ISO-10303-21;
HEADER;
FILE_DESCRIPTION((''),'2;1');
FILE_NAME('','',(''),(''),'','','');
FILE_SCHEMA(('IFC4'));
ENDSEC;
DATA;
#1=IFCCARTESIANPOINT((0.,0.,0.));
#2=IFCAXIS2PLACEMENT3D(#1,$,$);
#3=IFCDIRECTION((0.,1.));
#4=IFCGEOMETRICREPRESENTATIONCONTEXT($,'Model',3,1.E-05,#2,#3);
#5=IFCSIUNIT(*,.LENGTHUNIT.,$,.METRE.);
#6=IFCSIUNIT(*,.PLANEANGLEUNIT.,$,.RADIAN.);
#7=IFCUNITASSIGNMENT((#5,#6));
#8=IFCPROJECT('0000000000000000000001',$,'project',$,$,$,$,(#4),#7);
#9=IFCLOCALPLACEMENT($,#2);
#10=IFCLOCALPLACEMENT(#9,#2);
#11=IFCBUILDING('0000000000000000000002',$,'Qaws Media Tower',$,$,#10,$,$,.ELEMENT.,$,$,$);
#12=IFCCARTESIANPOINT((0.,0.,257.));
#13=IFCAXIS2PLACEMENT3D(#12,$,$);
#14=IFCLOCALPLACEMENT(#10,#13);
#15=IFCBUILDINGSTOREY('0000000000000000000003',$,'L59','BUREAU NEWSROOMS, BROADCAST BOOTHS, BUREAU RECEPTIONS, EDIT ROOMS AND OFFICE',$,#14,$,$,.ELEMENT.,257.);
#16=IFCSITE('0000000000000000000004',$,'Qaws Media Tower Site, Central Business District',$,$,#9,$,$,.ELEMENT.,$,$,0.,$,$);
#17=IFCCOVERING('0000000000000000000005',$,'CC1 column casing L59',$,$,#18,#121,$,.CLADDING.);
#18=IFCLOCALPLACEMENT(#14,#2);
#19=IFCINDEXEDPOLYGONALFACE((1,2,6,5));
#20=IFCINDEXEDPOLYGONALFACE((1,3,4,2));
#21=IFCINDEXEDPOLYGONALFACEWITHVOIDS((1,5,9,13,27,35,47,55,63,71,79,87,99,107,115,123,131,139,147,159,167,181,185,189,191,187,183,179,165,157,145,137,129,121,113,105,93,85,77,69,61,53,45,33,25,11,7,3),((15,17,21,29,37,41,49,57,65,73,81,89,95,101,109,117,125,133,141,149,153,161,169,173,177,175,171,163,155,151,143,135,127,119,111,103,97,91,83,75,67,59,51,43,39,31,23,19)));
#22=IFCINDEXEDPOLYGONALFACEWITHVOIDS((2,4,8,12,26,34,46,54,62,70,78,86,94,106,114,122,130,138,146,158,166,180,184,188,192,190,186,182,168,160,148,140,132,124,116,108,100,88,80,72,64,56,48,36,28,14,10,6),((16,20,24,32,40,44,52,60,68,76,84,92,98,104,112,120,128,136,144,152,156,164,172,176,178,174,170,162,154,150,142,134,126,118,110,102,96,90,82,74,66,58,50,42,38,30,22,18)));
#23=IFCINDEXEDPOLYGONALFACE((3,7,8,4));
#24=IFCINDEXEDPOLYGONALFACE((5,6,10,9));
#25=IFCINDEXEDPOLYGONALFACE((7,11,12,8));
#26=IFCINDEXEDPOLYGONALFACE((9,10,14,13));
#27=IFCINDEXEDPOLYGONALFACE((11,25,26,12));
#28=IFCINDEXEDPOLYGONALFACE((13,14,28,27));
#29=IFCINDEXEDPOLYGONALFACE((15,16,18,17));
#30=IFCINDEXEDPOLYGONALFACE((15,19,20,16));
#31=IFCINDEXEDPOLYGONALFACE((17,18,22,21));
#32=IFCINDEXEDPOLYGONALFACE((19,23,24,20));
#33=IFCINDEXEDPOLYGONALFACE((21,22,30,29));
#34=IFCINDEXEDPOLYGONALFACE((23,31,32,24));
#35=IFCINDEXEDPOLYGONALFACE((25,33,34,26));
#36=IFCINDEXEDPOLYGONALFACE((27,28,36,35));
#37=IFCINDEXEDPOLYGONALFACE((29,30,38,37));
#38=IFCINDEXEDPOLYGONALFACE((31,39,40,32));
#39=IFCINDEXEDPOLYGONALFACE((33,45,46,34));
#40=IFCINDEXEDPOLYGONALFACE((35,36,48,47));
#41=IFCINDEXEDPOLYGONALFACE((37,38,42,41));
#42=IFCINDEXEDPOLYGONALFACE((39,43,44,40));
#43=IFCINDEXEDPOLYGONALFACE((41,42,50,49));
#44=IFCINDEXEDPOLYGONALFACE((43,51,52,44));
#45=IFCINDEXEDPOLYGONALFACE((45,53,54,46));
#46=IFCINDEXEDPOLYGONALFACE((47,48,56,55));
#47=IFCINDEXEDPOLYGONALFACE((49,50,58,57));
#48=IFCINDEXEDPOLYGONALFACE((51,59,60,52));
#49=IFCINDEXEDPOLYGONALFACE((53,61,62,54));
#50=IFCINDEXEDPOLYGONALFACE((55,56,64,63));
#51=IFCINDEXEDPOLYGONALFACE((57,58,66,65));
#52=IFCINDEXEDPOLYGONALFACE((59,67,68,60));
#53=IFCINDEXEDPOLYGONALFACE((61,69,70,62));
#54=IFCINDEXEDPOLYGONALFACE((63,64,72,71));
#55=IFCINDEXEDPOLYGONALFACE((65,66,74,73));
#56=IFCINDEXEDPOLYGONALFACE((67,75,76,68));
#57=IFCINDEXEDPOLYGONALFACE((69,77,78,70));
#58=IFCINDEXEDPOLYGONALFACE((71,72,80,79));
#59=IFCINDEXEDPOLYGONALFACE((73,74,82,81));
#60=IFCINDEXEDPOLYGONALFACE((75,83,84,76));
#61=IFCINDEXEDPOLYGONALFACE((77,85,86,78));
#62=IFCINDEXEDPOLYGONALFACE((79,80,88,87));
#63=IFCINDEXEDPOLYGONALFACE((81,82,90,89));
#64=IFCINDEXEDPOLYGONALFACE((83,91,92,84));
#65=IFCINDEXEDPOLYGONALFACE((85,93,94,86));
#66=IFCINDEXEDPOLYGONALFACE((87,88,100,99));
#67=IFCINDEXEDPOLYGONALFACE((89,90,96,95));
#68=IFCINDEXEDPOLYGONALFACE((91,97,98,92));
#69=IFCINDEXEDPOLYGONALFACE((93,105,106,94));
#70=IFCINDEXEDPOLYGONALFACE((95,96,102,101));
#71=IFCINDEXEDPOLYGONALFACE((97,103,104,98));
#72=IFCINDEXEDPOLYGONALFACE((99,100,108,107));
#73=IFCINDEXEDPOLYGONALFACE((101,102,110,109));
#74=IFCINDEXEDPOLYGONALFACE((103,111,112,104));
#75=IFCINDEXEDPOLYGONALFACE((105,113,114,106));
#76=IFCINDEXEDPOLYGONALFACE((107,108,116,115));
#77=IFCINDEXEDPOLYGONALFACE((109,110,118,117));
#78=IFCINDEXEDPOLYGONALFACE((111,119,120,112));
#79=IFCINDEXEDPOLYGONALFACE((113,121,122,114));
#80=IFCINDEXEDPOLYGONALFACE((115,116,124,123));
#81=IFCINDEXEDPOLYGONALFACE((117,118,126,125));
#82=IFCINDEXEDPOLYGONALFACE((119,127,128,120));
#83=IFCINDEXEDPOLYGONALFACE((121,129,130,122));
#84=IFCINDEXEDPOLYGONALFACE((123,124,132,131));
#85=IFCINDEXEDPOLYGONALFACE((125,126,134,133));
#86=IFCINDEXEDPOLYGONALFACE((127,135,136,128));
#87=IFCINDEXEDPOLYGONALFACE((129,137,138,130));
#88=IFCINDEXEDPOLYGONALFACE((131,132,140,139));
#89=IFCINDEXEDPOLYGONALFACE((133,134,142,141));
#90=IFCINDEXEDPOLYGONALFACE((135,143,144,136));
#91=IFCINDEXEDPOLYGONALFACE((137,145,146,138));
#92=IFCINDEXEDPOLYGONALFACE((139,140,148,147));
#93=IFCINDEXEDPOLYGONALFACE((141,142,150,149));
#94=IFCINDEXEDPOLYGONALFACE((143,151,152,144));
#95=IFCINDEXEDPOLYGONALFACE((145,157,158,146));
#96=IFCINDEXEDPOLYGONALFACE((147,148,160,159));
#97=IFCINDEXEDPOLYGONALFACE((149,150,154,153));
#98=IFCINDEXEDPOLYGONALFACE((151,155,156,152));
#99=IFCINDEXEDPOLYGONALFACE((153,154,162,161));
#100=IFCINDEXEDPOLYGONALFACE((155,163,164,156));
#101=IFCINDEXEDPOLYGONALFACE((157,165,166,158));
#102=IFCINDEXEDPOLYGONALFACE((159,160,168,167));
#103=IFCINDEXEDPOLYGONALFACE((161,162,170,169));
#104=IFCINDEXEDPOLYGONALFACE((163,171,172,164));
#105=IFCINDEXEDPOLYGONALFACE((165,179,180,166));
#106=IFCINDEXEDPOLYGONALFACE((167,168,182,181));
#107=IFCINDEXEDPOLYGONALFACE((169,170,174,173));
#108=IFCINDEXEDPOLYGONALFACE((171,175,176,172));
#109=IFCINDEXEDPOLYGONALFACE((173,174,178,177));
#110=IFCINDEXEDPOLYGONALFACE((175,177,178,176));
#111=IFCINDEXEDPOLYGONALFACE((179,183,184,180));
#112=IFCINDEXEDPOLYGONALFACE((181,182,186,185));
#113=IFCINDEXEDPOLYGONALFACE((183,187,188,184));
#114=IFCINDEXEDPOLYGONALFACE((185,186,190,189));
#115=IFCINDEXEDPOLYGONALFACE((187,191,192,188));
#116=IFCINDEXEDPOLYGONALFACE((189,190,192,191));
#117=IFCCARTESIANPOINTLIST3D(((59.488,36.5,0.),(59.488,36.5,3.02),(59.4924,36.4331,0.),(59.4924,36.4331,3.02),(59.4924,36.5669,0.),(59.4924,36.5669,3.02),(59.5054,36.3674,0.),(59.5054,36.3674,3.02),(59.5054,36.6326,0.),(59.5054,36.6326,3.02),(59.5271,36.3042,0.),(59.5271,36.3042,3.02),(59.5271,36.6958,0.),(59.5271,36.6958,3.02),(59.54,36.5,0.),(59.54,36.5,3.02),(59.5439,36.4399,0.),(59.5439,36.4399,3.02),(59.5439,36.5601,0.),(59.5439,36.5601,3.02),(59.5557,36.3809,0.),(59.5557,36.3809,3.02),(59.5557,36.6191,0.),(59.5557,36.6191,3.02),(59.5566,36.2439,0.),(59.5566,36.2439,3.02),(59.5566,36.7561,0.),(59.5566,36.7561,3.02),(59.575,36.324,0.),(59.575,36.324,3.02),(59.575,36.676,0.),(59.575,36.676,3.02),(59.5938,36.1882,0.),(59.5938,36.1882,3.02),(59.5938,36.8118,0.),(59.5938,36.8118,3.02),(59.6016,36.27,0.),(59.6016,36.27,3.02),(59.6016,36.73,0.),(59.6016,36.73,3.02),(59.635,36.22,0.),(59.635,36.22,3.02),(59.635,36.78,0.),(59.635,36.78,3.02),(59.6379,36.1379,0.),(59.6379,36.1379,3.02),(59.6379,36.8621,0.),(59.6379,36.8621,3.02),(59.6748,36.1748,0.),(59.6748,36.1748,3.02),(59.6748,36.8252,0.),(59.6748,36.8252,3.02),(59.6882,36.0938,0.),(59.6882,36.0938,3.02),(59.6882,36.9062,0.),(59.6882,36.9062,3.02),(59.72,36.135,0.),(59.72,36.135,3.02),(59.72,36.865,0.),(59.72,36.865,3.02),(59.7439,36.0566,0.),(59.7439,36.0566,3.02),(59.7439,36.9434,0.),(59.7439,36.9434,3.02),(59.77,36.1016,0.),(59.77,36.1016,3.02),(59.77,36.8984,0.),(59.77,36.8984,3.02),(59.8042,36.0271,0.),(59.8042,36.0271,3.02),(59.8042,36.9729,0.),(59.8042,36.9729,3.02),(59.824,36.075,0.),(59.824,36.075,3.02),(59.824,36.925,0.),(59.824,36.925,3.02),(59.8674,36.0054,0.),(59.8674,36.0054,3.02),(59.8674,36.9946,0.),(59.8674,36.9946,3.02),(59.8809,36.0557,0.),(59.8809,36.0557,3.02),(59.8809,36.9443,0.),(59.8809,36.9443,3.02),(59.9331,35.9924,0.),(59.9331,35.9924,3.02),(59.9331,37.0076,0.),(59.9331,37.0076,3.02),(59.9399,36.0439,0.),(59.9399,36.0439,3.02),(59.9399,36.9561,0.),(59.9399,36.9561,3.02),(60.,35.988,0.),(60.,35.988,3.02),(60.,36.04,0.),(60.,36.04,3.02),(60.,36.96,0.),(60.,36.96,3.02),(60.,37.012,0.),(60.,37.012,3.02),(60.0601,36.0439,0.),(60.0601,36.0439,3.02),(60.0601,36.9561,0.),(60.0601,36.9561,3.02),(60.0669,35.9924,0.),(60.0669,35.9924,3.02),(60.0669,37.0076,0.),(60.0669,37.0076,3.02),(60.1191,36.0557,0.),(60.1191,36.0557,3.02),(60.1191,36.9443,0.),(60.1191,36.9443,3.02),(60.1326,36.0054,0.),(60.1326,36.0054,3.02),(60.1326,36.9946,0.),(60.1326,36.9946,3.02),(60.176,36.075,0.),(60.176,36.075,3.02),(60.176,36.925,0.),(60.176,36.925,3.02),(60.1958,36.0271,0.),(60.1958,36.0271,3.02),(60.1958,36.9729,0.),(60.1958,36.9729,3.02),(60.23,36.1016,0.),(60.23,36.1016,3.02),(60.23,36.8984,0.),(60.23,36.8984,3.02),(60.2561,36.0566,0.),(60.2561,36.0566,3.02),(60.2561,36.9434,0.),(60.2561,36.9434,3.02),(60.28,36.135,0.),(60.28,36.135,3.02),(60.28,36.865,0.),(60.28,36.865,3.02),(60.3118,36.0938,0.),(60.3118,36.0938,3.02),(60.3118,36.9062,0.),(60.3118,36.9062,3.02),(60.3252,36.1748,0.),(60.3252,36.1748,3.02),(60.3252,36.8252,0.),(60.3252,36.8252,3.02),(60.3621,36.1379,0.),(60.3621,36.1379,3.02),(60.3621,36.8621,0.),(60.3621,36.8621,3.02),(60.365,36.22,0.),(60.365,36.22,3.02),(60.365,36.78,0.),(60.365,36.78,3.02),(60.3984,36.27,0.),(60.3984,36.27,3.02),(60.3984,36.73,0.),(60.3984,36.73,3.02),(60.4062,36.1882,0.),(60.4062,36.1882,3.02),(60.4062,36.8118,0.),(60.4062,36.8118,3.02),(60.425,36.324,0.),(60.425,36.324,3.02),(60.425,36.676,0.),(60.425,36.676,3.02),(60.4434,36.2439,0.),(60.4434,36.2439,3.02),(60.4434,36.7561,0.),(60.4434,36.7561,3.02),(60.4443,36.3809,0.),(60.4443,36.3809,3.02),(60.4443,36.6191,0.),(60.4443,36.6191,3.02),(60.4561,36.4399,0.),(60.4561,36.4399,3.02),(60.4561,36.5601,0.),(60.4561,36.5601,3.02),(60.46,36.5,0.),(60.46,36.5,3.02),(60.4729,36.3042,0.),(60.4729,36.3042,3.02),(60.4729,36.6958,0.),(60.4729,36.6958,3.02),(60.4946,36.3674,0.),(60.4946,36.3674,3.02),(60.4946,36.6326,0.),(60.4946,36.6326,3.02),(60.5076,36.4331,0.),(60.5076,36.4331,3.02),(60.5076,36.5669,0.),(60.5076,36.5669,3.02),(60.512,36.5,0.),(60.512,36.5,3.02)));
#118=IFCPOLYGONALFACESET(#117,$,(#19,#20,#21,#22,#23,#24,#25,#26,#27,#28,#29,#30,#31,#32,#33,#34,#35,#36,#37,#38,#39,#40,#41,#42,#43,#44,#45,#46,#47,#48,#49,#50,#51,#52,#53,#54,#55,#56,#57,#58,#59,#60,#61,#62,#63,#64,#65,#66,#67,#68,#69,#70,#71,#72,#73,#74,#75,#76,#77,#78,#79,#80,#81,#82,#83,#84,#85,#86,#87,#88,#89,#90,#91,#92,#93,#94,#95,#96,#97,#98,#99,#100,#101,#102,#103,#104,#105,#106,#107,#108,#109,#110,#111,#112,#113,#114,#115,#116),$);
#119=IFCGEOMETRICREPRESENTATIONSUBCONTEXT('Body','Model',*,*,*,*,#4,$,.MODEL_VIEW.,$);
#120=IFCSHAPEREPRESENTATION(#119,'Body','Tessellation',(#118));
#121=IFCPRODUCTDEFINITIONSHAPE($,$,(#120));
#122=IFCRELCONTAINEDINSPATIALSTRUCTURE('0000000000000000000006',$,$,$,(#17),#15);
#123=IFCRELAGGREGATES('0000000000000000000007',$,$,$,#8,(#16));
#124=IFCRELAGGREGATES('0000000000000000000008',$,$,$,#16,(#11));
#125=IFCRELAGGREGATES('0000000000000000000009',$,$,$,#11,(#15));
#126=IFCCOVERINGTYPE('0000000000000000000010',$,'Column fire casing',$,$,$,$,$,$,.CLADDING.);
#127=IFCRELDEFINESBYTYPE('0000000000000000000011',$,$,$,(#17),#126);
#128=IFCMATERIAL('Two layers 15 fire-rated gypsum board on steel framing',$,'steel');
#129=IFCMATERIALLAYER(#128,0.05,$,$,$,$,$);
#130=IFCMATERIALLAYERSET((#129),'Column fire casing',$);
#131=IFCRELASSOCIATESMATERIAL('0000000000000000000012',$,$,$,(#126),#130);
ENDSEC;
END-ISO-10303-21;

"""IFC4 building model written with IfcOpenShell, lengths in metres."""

from ifc_helpers import new_model, si_unit, direction, frame, origin, place, context, subcontext, project, spatial, polyline, outline, extrude, material, layer, layer_set, type_object, element, save


model = new_model("IFC4")

# Units and contexts
model_context = context("Model", 3, precision=1e-05, world=origin(), true_north=direction((0.0, 1.0)))
body_context = subcontext(model_context, "Body", "Model", "MODEL_VIEW")
ifc_project = project(units=[si_unit("LENGTHUNIT", "METRE"), si_unit("PLANEANGLEUNIT", "RADIAN")], contexts=[model_context])

# Site, building, storey
site_placement = place(None, origin())
site = spatial("IfcSite", under=ifc_project, at=site_placement, Name="Qaws Media Tower Site, Central Business District", CompositionType="ELEMENT", RefElevation=0.0)
building_placement = place(site_placement, origin())
building = spatial("IfcBuilding", under=site, at=building_placement, Name="Qaws Media Tower", CompositionType="ELEMENT")
storey_placement = place(building_placement, frame((0.0, 0.0, 257.0)))
storey = spatial("IfcBuildingStorey", under=building, at=storey_placement, Name="L59", Description="BUREAU NEWSROOMS, BROADCAST BOOTHS, BUREAU RECEPTIONS, EDIT ROOMS AND OFFICE", CompositionType="ELEMENT", Elevation=257.0)

# Covering
ifc_material_1 = material(Name="Two layers 15 fire-rated gypsum board on steel framing", Category="steel")
ifc_layer_1 = layer(ifc_material_1, 0.05)
ifc_layer_set_1 = layer_set([ifc_layer_1], Name="Column fire casing")
covering_type = type_object("IfcCoveringType", Name="Column fire casing", PredefinedType="CLADDING", material=ifc_layer_set_1)
covering_1_placement = place(storey_placement, origin())
element("IfcCovering", 1, at=covering_1_placement, inside=storey, type_object=covering_type, Name="CC1 column casing L59", PredefinedType="CLADDING", context=body_context, shape_type="SweptSolid", body=[
    extrude(outline(polyline([(60.512, 36.5), (60.5076, 36.4331), (60.4946, 36.3674), (60.4729, 36.3042), (60.4434, 36.2439), (60.4062, 36.1882), (60.3621, 36.1379), (60.3118, 36.0938), (60.2561, 36.0566), (60.1958, 36.0271), (60.1326, 36.0054), (60.0669, 35.9924), (60.0, 35.988), (59.9331, 35.9924), (59.8674, 36.0054), (59.8042, 36.0271), (59.7439, 36.0566), (59.6882, 36.0938), (59.6379, 36.1379), (59.5938, 36.1882), (59.5566, 36.2439), (59.5271, 36.3042), (59.5054, 36.3674), (59.4924, 36.4331), (59.488, 36.5), (59.4924, 36.5669), (59.5054, 36.6326), (59.5271, 36.6958), (59.5566, 36.7561), (59.5938, 36.8118), (59.6379, 36.8621), (59.6882, 36.9062), (59.7439, 36.9434), (59.8042, 36.9729), (59.8674, 36.9946), (59.9331, 37.0076), (60.0, 37.012), (60.0669, 37.0076), (60.1326, 36.9946), (60.1958, 36.9729), (60.2561, 36.9434), (60.3118, 36.9062), (60.3621, 36.8621), (60.4062, 36.8118), (60.4434, 36.7561), (60.4729, 36.6958), (60.4946, 36.6326), (60.5076, 36.5669), (60.512, 36.5)]), holes=[polyline([(60.46, 36.5), (60.4561, 36.4399), (60.4443, 36.3809), (60.425, 36.324), (60.3984, 36.27), (60.365, 36.22), (60.3252, 36.1748), (60.28, 36.135), (60.23, 36.1016), (60.176, 36.075), (60.1191, 36.0557), (60.0601, 36.0439), (60.0, 36.04), (59.9399, 36.0439), (59.8809, 36.0557), (59.824, 36.075), (59.77, 36.1016), (59.72, 36.135), (59.6748, 36.1748), (59.635, 36.22), (59.6016, 36.27), (59.575, 36.324), (59.5557, 36.3809), (59.5439, 36.4399), (59.54, 36.5), (59.5439, 36.5601), (59.5557, 36.6191), (59.575, 36.676), (59.6016, 36.73), (59.635, 36.78), (59.6748, 36.8252), (59.72, 36.865), (59.77, 36.8984), (59.824, 36.925), (59.8809, 36.9443), (59.9399, 36.9561), (60.0, 36.96), (60.0601, 36.9561), (60.1191, 36.9443), (60.176, 36.925), (60.23, 36.8984), (60.28, 36.865), (60.3252, 36.8252), (60.365, 36.78), (60.3984, 36.73), (60.425, 36.676), (60.4443, 36.6191), (60.4561, 36.5601), (60.46, 36.5)])]), origin(), (0.0, 0.0, 1.0), 3.02),
])

save(model, "model.ifc")
